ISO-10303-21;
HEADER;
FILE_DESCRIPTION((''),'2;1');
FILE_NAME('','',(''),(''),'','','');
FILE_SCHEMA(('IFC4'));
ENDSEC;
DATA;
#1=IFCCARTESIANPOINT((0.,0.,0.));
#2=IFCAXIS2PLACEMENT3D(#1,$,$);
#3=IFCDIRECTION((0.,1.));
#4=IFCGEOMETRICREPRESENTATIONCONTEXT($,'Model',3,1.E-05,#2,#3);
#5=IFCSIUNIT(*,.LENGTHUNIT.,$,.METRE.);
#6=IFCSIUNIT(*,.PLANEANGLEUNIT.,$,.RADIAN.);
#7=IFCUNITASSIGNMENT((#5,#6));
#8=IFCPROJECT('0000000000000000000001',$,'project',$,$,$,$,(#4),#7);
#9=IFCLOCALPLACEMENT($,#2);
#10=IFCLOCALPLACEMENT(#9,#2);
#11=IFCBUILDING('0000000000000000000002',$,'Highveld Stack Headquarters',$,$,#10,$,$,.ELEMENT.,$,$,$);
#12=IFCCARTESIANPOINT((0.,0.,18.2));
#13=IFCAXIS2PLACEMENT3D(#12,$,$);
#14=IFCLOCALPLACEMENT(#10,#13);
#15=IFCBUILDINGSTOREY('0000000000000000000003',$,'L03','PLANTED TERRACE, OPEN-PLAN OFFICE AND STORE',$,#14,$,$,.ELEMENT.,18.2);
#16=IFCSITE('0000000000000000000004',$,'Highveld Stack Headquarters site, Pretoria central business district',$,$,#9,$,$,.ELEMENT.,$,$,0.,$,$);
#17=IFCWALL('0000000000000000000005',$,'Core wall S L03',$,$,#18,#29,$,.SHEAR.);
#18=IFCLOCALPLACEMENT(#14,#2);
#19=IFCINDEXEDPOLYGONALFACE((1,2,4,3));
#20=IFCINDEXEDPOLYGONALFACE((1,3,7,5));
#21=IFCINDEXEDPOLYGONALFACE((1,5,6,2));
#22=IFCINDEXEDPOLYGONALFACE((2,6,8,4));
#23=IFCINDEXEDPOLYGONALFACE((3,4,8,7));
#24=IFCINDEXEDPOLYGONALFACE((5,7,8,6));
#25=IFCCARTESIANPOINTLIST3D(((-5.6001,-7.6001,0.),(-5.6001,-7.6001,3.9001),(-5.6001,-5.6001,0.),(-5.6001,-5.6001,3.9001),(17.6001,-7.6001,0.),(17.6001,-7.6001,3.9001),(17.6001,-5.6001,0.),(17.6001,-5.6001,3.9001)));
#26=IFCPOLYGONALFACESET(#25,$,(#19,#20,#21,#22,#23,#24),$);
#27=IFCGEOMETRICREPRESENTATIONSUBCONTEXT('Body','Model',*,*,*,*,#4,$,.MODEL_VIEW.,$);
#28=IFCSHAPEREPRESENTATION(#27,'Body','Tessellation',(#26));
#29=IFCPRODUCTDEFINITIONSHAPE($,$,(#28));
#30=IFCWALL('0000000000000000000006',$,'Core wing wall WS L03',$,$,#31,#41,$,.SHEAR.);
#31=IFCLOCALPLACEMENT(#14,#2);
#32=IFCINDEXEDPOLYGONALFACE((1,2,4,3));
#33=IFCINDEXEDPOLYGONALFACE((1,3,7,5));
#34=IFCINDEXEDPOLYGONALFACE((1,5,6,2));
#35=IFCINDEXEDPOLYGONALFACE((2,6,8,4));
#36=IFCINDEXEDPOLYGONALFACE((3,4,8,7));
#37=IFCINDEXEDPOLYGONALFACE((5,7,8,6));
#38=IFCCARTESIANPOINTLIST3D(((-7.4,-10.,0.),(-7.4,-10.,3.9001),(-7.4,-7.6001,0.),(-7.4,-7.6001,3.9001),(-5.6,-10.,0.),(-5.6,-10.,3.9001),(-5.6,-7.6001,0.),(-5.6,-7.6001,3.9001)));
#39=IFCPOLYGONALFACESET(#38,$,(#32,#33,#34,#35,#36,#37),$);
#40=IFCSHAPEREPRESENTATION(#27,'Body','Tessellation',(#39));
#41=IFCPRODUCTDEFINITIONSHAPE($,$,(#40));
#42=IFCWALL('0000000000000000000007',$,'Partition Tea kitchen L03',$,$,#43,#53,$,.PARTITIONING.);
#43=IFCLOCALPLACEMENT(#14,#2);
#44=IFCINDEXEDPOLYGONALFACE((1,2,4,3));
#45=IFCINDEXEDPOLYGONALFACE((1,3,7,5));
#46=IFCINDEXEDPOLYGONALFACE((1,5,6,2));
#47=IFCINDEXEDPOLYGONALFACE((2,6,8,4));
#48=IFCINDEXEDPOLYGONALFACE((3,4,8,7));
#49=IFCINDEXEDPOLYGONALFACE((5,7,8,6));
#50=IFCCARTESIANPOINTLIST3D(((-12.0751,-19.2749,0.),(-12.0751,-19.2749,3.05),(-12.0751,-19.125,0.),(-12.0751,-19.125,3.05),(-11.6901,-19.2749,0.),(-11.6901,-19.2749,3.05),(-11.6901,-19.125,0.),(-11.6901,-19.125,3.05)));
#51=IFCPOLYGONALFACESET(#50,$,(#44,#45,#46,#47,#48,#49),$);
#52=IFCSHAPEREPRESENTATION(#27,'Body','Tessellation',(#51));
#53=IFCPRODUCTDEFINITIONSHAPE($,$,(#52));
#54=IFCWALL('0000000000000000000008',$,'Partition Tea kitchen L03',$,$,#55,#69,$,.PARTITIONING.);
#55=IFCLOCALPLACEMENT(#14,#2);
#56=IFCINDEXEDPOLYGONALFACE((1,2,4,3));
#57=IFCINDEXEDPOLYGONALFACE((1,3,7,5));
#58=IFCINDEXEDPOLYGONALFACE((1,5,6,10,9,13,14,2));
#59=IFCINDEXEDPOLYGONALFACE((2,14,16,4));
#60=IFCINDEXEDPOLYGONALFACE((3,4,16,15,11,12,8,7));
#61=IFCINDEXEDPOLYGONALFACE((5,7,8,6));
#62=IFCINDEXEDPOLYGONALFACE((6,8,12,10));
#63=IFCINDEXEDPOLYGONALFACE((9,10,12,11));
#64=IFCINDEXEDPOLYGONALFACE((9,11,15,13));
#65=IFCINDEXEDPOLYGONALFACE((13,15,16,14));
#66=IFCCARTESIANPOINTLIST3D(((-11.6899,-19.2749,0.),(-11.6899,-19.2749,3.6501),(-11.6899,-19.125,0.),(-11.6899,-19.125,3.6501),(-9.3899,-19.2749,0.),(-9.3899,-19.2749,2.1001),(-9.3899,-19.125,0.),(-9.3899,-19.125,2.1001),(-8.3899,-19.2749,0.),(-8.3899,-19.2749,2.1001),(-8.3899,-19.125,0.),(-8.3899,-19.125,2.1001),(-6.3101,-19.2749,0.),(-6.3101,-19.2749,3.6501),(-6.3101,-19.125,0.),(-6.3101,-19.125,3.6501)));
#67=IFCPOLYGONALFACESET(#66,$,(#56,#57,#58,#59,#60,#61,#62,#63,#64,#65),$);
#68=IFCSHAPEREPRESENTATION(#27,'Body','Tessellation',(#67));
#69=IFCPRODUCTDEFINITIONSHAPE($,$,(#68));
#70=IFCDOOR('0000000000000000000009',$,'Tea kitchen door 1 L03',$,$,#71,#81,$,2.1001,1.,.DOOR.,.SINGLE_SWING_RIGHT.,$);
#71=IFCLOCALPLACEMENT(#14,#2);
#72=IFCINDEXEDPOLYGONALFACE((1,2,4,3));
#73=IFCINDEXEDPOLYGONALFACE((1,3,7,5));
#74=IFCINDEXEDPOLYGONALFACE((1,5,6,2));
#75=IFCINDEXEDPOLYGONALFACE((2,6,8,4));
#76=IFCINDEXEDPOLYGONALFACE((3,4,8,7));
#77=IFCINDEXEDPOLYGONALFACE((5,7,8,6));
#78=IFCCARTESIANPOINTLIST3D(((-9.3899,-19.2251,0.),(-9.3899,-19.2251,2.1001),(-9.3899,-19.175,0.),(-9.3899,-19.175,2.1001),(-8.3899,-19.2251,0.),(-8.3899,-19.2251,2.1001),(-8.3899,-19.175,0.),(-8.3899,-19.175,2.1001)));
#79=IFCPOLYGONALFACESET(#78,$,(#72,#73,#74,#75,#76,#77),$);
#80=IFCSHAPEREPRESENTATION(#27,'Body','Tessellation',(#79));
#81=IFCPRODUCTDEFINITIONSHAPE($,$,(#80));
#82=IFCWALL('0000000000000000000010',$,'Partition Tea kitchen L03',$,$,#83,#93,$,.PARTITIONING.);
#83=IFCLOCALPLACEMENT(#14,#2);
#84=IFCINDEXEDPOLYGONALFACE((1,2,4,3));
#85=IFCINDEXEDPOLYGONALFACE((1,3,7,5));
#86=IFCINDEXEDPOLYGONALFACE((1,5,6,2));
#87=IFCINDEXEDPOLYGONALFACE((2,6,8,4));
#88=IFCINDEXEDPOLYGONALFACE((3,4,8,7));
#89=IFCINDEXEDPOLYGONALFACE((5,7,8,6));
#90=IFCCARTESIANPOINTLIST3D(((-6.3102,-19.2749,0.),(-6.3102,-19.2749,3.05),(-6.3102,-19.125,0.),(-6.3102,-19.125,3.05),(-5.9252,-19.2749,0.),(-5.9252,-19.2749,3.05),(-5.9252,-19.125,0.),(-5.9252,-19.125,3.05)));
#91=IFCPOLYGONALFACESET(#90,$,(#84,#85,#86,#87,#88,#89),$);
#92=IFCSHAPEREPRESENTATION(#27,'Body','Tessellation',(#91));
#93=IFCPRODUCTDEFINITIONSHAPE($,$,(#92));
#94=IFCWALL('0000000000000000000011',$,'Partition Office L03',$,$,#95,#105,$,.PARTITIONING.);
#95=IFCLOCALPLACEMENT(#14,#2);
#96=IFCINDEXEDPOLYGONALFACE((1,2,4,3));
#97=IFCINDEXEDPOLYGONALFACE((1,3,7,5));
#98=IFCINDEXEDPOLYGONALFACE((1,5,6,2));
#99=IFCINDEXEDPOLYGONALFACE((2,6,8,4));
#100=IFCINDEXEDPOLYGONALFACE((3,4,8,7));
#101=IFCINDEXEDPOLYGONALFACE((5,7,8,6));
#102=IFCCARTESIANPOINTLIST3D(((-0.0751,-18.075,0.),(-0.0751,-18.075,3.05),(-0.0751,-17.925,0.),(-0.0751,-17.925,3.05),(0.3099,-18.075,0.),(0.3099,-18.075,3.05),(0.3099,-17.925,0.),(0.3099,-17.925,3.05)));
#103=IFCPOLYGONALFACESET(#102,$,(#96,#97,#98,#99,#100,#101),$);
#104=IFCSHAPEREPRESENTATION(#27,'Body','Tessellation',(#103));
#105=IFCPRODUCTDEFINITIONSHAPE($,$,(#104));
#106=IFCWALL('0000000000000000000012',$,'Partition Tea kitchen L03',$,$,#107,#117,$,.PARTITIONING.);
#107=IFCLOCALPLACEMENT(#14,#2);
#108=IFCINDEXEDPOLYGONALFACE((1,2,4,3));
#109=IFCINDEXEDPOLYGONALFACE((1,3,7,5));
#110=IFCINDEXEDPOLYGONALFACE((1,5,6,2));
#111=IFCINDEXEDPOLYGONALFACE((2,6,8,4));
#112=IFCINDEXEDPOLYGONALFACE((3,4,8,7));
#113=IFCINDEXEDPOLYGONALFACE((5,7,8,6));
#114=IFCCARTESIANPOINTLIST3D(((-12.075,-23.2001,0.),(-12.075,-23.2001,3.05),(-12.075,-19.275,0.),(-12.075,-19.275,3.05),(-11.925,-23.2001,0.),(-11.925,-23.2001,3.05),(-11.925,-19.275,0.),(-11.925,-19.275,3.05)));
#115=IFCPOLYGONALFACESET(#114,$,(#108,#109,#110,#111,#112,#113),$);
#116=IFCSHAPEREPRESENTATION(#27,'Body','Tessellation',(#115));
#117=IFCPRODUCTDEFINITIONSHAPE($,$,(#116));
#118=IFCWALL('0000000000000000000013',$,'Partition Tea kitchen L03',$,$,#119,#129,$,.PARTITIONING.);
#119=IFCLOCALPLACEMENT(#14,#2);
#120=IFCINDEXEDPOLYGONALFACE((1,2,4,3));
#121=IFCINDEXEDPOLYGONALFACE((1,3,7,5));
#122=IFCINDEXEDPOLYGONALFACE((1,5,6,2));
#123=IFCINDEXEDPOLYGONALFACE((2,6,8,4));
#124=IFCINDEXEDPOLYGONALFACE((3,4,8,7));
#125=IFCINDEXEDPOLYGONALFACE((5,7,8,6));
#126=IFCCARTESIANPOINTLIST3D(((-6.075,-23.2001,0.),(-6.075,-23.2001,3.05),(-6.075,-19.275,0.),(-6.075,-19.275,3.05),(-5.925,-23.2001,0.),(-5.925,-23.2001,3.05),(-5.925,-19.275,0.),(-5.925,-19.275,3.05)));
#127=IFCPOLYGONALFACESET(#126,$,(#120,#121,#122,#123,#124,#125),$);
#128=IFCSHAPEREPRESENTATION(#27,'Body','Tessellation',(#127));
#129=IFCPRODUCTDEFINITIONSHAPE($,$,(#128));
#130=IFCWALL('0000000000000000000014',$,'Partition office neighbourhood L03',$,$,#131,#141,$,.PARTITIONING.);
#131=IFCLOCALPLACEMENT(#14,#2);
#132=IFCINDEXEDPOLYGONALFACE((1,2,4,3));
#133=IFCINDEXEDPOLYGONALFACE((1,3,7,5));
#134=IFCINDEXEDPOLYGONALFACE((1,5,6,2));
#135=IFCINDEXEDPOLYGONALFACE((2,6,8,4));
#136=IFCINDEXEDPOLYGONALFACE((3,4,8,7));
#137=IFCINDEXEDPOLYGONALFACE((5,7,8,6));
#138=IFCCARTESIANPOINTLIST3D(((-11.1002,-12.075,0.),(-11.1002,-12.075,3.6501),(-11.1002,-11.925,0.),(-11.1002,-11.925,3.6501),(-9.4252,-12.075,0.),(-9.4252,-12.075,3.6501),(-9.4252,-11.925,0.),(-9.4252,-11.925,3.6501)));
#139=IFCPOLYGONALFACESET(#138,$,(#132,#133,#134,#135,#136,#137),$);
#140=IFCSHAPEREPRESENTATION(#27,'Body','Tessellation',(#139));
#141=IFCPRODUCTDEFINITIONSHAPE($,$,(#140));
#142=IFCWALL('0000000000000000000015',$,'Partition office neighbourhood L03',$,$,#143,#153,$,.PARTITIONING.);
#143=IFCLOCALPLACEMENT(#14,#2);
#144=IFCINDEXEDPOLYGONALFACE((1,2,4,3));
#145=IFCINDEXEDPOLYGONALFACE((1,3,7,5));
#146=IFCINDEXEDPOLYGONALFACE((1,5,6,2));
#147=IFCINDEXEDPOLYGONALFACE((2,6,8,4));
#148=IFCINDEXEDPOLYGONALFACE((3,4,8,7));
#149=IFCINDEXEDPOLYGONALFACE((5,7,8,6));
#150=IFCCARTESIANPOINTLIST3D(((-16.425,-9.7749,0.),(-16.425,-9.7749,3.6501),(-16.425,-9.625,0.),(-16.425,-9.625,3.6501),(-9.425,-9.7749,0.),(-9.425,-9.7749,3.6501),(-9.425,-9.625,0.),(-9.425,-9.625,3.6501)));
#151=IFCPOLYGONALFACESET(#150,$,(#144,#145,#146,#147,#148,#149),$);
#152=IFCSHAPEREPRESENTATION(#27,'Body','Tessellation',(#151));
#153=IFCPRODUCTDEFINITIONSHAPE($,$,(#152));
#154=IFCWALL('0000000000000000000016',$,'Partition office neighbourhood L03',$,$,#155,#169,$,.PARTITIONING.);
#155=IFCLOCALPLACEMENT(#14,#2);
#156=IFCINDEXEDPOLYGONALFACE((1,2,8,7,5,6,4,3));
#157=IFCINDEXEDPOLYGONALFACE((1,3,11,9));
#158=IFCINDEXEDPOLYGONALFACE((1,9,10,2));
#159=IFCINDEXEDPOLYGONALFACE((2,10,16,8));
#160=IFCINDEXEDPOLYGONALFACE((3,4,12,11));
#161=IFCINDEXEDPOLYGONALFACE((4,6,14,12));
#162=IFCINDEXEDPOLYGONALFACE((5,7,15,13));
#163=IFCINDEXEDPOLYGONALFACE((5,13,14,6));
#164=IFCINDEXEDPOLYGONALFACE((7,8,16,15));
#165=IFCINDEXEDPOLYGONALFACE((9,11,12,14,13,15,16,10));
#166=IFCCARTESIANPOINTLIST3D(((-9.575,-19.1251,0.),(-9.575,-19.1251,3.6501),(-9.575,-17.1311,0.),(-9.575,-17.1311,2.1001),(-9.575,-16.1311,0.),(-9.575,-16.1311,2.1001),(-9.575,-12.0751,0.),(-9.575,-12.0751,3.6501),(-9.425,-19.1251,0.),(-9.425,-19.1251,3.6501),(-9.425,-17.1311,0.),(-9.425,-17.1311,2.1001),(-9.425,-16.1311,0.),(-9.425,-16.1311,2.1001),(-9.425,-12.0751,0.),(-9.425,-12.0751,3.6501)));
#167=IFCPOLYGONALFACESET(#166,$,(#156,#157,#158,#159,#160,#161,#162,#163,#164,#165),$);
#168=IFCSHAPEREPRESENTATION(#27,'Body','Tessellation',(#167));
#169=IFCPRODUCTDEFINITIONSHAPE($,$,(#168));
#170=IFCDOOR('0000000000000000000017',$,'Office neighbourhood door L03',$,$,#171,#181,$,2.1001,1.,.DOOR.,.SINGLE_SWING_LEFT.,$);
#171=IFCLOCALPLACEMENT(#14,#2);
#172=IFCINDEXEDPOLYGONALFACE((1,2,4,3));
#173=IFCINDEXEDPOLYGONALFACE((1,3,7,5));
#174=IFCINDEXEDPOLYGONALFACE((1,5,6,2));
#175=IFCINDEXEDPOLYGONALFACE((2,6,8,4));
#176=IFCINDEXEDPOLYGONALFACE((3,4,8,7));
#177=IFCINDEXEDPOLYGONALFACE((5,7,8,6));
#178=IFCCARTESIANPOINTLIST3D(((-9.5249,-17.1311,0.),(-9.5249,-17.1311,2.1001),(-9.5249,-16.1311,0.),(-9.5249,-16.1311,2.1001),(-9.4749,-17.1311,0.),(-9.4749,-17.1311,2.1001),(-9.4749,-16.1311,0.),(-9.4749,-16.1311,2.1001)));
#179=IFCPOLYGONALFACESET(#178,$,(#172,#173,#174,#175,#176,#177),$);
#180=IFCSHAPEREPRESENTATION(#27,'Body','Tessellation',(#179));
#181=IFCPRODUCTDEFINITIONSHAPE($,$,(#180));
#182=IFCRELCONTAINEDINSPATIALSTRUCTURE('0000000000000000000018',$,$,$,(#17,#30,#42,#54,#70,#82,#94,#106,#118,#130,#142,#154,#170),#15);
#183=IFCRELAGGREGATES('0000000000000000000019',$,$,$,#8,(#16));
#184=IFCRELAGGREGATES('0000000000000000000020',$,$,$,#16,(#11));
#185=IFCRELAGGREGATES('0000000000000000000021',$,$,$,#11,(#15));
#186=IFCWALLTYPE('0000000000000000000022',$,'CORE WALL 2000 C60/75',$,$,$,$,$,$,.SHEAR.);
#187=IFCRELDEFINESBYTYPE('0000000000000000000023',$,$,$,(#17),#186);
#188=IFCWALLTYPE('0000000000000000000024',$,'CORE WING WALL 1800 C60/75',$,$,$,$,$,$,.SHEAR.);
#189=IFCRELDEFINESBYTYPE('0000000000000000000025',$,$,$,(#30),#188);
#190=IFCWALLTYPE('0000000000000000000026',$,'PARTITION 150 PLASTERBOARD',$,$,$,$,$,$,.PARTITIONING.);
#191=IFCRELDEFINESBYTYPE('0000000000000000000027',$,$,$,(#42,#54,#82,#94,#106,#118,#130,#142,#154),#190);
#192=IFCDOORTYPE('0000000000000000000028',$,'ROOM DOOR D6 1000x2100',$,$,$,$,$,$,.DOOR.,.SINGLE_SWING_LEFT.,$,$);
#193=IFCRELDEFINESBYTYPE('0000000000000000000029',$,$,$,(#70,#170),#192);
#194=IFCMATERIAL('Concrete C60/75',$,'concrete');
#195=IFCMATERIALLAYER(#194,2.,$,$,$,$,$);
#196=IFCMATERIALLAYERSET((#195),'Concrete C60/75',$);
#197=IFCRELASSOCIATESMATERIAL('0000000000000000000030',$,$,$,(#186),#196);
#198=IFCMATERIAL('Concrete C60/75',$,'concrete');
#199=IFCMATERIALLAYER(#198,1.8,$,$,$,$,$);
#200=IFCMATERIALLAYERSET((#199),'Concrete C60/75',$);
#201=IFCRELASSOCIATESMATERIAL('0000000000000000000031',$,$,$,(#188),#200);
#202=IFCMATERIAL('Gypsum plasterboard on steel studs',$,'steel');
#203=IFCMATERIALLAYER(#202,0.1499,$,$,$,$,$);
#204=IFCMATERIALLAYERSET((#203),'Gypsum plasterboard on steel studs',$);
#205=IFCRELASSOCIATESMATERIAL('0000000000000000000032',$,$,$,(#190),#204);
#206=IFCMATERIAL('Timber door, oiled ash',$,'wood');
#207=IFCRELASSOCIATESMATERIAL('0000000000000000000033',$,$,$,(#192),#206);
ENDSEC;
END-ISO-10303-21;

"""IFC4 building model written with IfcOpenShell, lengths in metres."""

from ifc_helpers import new_model, si_unit, direction, frame, frame_2d, origin, place, context, subcontext, project, spatial, rectangle, extrude, material, layer, layer_set, type_object, element, fill, save


model = new_model("IFC4")

# Units and contexts
model_context = context("Model", 3, precision=1e-05, world=origin(), true_north=direction((0.0, 1.0)))
body_context = subcontext(model_context, "Body", "Model", "MODEL_VIEW")
ifc_project = project(units=[si_unit("LENGTHUNIT", "METRE"), si_unit("PLANEANGLEUNIT", "RADIAN")], contexts=[model_context])

# Site, building, storey
site_placement = place(None, origin())
site = spatial("IfcSite", under=ifc_project, at=site_placement, Name="Highveld Stack Headquarters site, Pretoria central business district", CompositionType="ELEMENT", RefElevation=0.0)
building_placement = place(site_placement, origin())
building = spatial("IfcBuilding", under=site, at=building_placement, Name="Highveld Stack Headquarters", CompositionType="ELEMENT")
storey_placement = place(building_placement, frame((0.0, 0.0, 18.2)))
storey = spatial("IfcBuildingStorey", under=building, at=storey_placement, Name="L03", Description="PLANTED TERRACE, OPEN-PLAN OFFICE AND STORE", CompositionType="ELEMENT", Elevation=18.2)

# Walls
ifc_material_1 = material(Name="Concrete C60/75", Category="concrete")
ifc_layer_1 = layer(ifc_material_1, 2.0)
ifc_layer_set_1 = layer_set([ifc_layer_1], Name="Concrete C60/75")
wall_type_1 = type_object("IfcWallType", Name="CORE WALL 2000 C60/75", PredefinedType="SHEAR", material=ifc_layer_set_1)
wall_1_placement = place(storey_placement, frame((-5.6001, -6.6001, 0.0), z_axis=(0.0, 0.0, 1.0), x_axis=(1.0, 0.0, 0.0)))
element("IfcWall", 1, at=wall_1_placement, inside=storey, type_object=wall_type_1, Name="Core wall S L03", PredefinedType="SHEAR", context=body_context, shape_type="SweptSolid", body=[
    extrude(rectangle(XDim=23.2002, YDim=2.0, at=frame_2d((11.6001, 0.0))), origin(), (0.0, 0.0, 1.0), 3.9001),
])
ifc_material_2 = material(Name="Concrete C60/75", Category="concrete")
ifc_layer_2 = layer(ifc_material_2, 1.8)
ifc_layer_set_2 = layer_set([ifc_layer_2], Name="Concrete C60/75")
wall_type_2 = type_object("IfcWallType", Name="CORE WING WALL 1800 C60/75", PredefinedType="SHEAR", material=ifc_layer_set_2)
wall_2_placement = place(storey_placement, frame((-6.5, -10.0, 0.0), z_axis=(0.0, 0.0, 1.0), x_axis=(0.0, 1.0, 0.0)))
element("IfcWall", 2, at=wall_2_placement, inside=storey, type_object=wall_type_2, Name="Core wing wall WS L03", PredefinedType="SHEAR", context=body_context, shape_type="SweptSolid", body=[
    extrude(rectangle(XDim=2.3999, YDim=1.8, at=frame_2d((1.2, 0.0))), origin(), (0.0, 0.0, 1.0), 3.9001),
])
ifc_material_3 = material(Name="Gypsum plasterboard on steel studs", Category="steel")
ifc_layer_3 = layer(ifc_material_3, 0.1499)
ifc_layer_set_3 = layer_set([ifc_layer_3], Name="Gypsum plasterboard on steel studs")
wall_type_3 = type_object("IfcWallType", Name="PARTITION 150 PLASTERBOARD", PredefinedType="PARTITIONING", material=ifc_layer_set_3)
wall_3_placement = place(storey_placement, frame((-12.075, -19.2, 0.0), z_axis=(0.0, 0.0, 1.0), x_axis=(1.0, 0.0, 0.0)))
element("IfcWall", 3, at=wall_3_placement, inside=storey, type_object=wall_type_3, Name="Partition Tea kitchen L03", PredefinedType="PARTITIONING", context=body_context, shape_type="SweptSolid", body=[
    extrude(rectangle(XDim=0.385, YDim=0.1499, at=frame_2d((0.1924, 0.0))), origin(), (0.0, 0.0, 1.0), 3.05),
])

# Wall, opening, door
wall_4_placement = place(storey_placement, frame((-11.6899, -19.2, 0.0), z_axis=(0.0, 0.0, 1.0), x_axis=(1.0, 0.0, 0.0)))
wall_4 = element("IfcWall", 4, at=wall_4_placement, inside=storey, type_object=wall_type_3, Name="Partition Tea kitchen L03", PredefinedType="PARTITIONING", context=body_context, shape_type="SweptSolid", body=[
    extrude(rectangle(XDim=5.3799, YDim=0.1499, at=frame_2d((2.6899, 0.0))), origin(), (0.0, 0.0, 1.0), 3.6501),
])
opening_1_placement = place(wall_4_placement, frame((2.3, 0.0, 0.0)))
opening_1 = element("IfcOpeningElement", 5, at=opening_1_placement, cuts=wall_4, PredefinedType="OPENING", context=body_context, shape_type="SweptSolid", body=[
    extrude(rectangle(XDim=1.0, YDim=2.1001, at=frame_2d((0.5, 1.05))), frame((0.0, 0.085, 0.0), z_axis=(0.0, -1.0, 0.0), x_axis=(1.0, 0.0, 0.0)), (0.0, 0.0, 1.0), 0.1699),
])
ifc_material_4 = material(Name="Timber door, oiled ash", Category="wood")
door_type_1 = type_object("IfcDoorType", Name="ROOM DOOR D6 1000x2100", OperationType="SINGLE_SWING_LEFT", PredefinedType="DOOR", material=ifc_material_4)
door_1_placement = place(opening_1_placement, origin())
door_1 = element("IfcDoor", 6, at=door_1_placement, inside=storey, type_object=door_type_1, Name="Tea kitchen door 1 L03", OperationType="SINGLE_SWING_RIGHT", OverallHeight=2.1001, OverallWidth=1.0, PredefinedType="DOOR", context=body_context, shape_type="SweptSolid", body=[
    extrude(rectangle(XDim=1.0, YDim=2.1001, at=frame_2d((0.5, 1.05))), frame((0.0, 0.0249, 0.0), z_axis=(0.0, -1.0, 0.0), x_axis=(1.0, 0.0, 0.0)), (0.0, 0.0, 1.0), 0.05),
])
fill(opening_1, door_1)

# Walls
for number, where, z_axis, x_axis, name in (
    (7, (-6.3101, -19.2, 0.0), (0.0, 0.0, 1.0), (1.0, 0.0, 0.0), "Partition Tea kitchen L03"),
    (8, (-0.075, -18.0, 0.0), (0.0, 0.0, 1.0), (1.0, 0.0, 0.0), "Partition Office L03"),
):
    element("IfcWall", number, at=place(storey_placement, frame(where, z_axis=z_axis, x_axis=x_axis)), inside=storey, type_object=wall_type_3, Name=name, PredefinedType="PARTITIONING", context=body_context, shape_type="SweptSolid", body=[
        extrude(rectangle(XDim=0.385, YDim=0.1499, at=frame_2d((0.1924, 0.0))), origin(), (0.0, 0.0, 1.0), 3.05),
    ])
for number, where, z_axis, x_axis, name in (
    (9, (-12.0, -23.2, 0.0), (0.0, 0.0, 1.0), (0.0, 1.0, 0.0), "Partition Tea kitchen L03"),
    (10, (-6.0, -23.2, 0.0), (0.0, 0.0, 1.0), (0.0, 1.0, 0.0), "Partition Tea kitchen L03"),
):
    element("IfcWall", number, at=place(storey_placement, frame(where, z_axis=z_axis, x_axis=x_axis)), inside=storey, type_object=wall_type_3, Name=name, PredefinedType="PARTITIONING", context=body_context, shape_type="SweptSolid", body=[
        extrude(rectangle(XDim=3.925, YDim=0.1499, at=frame_2d((1.9624, 0.0))), origin(), (0.0, 0.0, 1.0), 3.05),
    ])
wall_5_placement = place(storey_placement, frame((-11.1001, -12.0, 0.0), z_axis=(0.0, 0.0, 1.0), x_axis=(1.0, 0.0, 0.0)))
element("IfcWall", 11, at=wall_5_placement, inside=storey, type_object=wall_type_3, Name="Partition office neighbourhood L03", PredefinedType="PARTITIONING", context=body_context, shape_type="SweptSolid", body=[
    extrude(rectangle(XDim=1.675, YDim=0.1499, at=frame_2d((0.8374, 0.0))), origin(), (0.0, 0.0, 1.0), 3.6501),
])
wall_6_placement = place(storey_placement, frame((-16.425, -9.7, 0.0), z_axis=(0.0, 0.0, 1.0), x_axis=(1.0, 0.0, 0.0)))
element("IfcWall", 12, at=wall_6_placement, inside=storey, type_object=wall_type_3, Name="Partition office neighbourhood L03", PredefinedType="PARTITIONING", context=body_context, shape_type="SweptSolid", body=[
    extrude(rectangle(XDim=7.0, YDim=0.1499, at=frame_2d((3.5, 0.0))), origin(), (0.0, 0.0, 1.0), 3.6501),
])

# Wall, opening, door
wall_7_placement = place(storey_placement, frame((-9.5, -19.125, 0.0), z_axis=(0.0, 0.0, 1.0), x_axis=(0.0, 1.0, 0.0)))
wall_7 = element("IfcWall", 13, at=wall_7_placement, inside=storey, type_object=wall_type_3, Name="Partition office neighbourhood L03", PredefinedType="PARTITIONING", context=body_context, shape_type="SweptSolid", body=[
    extrude(rectangle(XDim=7.05, YDim=0.1499, at=frame_2d((3.5249, 0.0))), origin(), (0.0, 0.0, 1.0), 3.6501),
])
opening_2_placement = place(wall_7_placement, frame((1.9939, 0.0, 0.0)))
opening_2 = element("IfcOpeningElement", 14, at=opening_2_placement, cuts=wall_7, PredefinedType="OPENING", context=body_context, shape_type="SweptSolid", body=[
    extrude(rectangle(XDim=1.0, YDim=2.1001, at=frame_2d((0.5, 1.05))), frame((0.0, 0.085, 0.0), z_axis=(0.0, -1.0, 0.0), x_axis=(1.0, 0.0, 0.0)), (0.0, 0.0, 1.0), 0.1699),
])
door_2_placement = place(opening_2_placement, origin())
door_2 = element("IfcDoor", 15, at=door_2_placement, inside=storey, type_object=door_type_1, Name="Office neighbourhood door L03", OperationType="SINGLE_SWING_LEFT", OverallHeight=2.1001, OverallWidth=1.0, PredefinedType="DOOR", context=body_context, shape_type="SweptSolid", body=[
    extrude(rectangle(XDim=1.0, YDim=2.1001, at=frame_2d((0.5, 1.05))), frame((0.0, 0.0249, 0.0), z_axis=(0.0, -1.0, 0.0), x_axis=(1.0, 0.0, 0.0)), (0.0, 0.0, 1.0), 0.05),
])
fill(opening_2, door_2)

save(model, "model.ifc")
